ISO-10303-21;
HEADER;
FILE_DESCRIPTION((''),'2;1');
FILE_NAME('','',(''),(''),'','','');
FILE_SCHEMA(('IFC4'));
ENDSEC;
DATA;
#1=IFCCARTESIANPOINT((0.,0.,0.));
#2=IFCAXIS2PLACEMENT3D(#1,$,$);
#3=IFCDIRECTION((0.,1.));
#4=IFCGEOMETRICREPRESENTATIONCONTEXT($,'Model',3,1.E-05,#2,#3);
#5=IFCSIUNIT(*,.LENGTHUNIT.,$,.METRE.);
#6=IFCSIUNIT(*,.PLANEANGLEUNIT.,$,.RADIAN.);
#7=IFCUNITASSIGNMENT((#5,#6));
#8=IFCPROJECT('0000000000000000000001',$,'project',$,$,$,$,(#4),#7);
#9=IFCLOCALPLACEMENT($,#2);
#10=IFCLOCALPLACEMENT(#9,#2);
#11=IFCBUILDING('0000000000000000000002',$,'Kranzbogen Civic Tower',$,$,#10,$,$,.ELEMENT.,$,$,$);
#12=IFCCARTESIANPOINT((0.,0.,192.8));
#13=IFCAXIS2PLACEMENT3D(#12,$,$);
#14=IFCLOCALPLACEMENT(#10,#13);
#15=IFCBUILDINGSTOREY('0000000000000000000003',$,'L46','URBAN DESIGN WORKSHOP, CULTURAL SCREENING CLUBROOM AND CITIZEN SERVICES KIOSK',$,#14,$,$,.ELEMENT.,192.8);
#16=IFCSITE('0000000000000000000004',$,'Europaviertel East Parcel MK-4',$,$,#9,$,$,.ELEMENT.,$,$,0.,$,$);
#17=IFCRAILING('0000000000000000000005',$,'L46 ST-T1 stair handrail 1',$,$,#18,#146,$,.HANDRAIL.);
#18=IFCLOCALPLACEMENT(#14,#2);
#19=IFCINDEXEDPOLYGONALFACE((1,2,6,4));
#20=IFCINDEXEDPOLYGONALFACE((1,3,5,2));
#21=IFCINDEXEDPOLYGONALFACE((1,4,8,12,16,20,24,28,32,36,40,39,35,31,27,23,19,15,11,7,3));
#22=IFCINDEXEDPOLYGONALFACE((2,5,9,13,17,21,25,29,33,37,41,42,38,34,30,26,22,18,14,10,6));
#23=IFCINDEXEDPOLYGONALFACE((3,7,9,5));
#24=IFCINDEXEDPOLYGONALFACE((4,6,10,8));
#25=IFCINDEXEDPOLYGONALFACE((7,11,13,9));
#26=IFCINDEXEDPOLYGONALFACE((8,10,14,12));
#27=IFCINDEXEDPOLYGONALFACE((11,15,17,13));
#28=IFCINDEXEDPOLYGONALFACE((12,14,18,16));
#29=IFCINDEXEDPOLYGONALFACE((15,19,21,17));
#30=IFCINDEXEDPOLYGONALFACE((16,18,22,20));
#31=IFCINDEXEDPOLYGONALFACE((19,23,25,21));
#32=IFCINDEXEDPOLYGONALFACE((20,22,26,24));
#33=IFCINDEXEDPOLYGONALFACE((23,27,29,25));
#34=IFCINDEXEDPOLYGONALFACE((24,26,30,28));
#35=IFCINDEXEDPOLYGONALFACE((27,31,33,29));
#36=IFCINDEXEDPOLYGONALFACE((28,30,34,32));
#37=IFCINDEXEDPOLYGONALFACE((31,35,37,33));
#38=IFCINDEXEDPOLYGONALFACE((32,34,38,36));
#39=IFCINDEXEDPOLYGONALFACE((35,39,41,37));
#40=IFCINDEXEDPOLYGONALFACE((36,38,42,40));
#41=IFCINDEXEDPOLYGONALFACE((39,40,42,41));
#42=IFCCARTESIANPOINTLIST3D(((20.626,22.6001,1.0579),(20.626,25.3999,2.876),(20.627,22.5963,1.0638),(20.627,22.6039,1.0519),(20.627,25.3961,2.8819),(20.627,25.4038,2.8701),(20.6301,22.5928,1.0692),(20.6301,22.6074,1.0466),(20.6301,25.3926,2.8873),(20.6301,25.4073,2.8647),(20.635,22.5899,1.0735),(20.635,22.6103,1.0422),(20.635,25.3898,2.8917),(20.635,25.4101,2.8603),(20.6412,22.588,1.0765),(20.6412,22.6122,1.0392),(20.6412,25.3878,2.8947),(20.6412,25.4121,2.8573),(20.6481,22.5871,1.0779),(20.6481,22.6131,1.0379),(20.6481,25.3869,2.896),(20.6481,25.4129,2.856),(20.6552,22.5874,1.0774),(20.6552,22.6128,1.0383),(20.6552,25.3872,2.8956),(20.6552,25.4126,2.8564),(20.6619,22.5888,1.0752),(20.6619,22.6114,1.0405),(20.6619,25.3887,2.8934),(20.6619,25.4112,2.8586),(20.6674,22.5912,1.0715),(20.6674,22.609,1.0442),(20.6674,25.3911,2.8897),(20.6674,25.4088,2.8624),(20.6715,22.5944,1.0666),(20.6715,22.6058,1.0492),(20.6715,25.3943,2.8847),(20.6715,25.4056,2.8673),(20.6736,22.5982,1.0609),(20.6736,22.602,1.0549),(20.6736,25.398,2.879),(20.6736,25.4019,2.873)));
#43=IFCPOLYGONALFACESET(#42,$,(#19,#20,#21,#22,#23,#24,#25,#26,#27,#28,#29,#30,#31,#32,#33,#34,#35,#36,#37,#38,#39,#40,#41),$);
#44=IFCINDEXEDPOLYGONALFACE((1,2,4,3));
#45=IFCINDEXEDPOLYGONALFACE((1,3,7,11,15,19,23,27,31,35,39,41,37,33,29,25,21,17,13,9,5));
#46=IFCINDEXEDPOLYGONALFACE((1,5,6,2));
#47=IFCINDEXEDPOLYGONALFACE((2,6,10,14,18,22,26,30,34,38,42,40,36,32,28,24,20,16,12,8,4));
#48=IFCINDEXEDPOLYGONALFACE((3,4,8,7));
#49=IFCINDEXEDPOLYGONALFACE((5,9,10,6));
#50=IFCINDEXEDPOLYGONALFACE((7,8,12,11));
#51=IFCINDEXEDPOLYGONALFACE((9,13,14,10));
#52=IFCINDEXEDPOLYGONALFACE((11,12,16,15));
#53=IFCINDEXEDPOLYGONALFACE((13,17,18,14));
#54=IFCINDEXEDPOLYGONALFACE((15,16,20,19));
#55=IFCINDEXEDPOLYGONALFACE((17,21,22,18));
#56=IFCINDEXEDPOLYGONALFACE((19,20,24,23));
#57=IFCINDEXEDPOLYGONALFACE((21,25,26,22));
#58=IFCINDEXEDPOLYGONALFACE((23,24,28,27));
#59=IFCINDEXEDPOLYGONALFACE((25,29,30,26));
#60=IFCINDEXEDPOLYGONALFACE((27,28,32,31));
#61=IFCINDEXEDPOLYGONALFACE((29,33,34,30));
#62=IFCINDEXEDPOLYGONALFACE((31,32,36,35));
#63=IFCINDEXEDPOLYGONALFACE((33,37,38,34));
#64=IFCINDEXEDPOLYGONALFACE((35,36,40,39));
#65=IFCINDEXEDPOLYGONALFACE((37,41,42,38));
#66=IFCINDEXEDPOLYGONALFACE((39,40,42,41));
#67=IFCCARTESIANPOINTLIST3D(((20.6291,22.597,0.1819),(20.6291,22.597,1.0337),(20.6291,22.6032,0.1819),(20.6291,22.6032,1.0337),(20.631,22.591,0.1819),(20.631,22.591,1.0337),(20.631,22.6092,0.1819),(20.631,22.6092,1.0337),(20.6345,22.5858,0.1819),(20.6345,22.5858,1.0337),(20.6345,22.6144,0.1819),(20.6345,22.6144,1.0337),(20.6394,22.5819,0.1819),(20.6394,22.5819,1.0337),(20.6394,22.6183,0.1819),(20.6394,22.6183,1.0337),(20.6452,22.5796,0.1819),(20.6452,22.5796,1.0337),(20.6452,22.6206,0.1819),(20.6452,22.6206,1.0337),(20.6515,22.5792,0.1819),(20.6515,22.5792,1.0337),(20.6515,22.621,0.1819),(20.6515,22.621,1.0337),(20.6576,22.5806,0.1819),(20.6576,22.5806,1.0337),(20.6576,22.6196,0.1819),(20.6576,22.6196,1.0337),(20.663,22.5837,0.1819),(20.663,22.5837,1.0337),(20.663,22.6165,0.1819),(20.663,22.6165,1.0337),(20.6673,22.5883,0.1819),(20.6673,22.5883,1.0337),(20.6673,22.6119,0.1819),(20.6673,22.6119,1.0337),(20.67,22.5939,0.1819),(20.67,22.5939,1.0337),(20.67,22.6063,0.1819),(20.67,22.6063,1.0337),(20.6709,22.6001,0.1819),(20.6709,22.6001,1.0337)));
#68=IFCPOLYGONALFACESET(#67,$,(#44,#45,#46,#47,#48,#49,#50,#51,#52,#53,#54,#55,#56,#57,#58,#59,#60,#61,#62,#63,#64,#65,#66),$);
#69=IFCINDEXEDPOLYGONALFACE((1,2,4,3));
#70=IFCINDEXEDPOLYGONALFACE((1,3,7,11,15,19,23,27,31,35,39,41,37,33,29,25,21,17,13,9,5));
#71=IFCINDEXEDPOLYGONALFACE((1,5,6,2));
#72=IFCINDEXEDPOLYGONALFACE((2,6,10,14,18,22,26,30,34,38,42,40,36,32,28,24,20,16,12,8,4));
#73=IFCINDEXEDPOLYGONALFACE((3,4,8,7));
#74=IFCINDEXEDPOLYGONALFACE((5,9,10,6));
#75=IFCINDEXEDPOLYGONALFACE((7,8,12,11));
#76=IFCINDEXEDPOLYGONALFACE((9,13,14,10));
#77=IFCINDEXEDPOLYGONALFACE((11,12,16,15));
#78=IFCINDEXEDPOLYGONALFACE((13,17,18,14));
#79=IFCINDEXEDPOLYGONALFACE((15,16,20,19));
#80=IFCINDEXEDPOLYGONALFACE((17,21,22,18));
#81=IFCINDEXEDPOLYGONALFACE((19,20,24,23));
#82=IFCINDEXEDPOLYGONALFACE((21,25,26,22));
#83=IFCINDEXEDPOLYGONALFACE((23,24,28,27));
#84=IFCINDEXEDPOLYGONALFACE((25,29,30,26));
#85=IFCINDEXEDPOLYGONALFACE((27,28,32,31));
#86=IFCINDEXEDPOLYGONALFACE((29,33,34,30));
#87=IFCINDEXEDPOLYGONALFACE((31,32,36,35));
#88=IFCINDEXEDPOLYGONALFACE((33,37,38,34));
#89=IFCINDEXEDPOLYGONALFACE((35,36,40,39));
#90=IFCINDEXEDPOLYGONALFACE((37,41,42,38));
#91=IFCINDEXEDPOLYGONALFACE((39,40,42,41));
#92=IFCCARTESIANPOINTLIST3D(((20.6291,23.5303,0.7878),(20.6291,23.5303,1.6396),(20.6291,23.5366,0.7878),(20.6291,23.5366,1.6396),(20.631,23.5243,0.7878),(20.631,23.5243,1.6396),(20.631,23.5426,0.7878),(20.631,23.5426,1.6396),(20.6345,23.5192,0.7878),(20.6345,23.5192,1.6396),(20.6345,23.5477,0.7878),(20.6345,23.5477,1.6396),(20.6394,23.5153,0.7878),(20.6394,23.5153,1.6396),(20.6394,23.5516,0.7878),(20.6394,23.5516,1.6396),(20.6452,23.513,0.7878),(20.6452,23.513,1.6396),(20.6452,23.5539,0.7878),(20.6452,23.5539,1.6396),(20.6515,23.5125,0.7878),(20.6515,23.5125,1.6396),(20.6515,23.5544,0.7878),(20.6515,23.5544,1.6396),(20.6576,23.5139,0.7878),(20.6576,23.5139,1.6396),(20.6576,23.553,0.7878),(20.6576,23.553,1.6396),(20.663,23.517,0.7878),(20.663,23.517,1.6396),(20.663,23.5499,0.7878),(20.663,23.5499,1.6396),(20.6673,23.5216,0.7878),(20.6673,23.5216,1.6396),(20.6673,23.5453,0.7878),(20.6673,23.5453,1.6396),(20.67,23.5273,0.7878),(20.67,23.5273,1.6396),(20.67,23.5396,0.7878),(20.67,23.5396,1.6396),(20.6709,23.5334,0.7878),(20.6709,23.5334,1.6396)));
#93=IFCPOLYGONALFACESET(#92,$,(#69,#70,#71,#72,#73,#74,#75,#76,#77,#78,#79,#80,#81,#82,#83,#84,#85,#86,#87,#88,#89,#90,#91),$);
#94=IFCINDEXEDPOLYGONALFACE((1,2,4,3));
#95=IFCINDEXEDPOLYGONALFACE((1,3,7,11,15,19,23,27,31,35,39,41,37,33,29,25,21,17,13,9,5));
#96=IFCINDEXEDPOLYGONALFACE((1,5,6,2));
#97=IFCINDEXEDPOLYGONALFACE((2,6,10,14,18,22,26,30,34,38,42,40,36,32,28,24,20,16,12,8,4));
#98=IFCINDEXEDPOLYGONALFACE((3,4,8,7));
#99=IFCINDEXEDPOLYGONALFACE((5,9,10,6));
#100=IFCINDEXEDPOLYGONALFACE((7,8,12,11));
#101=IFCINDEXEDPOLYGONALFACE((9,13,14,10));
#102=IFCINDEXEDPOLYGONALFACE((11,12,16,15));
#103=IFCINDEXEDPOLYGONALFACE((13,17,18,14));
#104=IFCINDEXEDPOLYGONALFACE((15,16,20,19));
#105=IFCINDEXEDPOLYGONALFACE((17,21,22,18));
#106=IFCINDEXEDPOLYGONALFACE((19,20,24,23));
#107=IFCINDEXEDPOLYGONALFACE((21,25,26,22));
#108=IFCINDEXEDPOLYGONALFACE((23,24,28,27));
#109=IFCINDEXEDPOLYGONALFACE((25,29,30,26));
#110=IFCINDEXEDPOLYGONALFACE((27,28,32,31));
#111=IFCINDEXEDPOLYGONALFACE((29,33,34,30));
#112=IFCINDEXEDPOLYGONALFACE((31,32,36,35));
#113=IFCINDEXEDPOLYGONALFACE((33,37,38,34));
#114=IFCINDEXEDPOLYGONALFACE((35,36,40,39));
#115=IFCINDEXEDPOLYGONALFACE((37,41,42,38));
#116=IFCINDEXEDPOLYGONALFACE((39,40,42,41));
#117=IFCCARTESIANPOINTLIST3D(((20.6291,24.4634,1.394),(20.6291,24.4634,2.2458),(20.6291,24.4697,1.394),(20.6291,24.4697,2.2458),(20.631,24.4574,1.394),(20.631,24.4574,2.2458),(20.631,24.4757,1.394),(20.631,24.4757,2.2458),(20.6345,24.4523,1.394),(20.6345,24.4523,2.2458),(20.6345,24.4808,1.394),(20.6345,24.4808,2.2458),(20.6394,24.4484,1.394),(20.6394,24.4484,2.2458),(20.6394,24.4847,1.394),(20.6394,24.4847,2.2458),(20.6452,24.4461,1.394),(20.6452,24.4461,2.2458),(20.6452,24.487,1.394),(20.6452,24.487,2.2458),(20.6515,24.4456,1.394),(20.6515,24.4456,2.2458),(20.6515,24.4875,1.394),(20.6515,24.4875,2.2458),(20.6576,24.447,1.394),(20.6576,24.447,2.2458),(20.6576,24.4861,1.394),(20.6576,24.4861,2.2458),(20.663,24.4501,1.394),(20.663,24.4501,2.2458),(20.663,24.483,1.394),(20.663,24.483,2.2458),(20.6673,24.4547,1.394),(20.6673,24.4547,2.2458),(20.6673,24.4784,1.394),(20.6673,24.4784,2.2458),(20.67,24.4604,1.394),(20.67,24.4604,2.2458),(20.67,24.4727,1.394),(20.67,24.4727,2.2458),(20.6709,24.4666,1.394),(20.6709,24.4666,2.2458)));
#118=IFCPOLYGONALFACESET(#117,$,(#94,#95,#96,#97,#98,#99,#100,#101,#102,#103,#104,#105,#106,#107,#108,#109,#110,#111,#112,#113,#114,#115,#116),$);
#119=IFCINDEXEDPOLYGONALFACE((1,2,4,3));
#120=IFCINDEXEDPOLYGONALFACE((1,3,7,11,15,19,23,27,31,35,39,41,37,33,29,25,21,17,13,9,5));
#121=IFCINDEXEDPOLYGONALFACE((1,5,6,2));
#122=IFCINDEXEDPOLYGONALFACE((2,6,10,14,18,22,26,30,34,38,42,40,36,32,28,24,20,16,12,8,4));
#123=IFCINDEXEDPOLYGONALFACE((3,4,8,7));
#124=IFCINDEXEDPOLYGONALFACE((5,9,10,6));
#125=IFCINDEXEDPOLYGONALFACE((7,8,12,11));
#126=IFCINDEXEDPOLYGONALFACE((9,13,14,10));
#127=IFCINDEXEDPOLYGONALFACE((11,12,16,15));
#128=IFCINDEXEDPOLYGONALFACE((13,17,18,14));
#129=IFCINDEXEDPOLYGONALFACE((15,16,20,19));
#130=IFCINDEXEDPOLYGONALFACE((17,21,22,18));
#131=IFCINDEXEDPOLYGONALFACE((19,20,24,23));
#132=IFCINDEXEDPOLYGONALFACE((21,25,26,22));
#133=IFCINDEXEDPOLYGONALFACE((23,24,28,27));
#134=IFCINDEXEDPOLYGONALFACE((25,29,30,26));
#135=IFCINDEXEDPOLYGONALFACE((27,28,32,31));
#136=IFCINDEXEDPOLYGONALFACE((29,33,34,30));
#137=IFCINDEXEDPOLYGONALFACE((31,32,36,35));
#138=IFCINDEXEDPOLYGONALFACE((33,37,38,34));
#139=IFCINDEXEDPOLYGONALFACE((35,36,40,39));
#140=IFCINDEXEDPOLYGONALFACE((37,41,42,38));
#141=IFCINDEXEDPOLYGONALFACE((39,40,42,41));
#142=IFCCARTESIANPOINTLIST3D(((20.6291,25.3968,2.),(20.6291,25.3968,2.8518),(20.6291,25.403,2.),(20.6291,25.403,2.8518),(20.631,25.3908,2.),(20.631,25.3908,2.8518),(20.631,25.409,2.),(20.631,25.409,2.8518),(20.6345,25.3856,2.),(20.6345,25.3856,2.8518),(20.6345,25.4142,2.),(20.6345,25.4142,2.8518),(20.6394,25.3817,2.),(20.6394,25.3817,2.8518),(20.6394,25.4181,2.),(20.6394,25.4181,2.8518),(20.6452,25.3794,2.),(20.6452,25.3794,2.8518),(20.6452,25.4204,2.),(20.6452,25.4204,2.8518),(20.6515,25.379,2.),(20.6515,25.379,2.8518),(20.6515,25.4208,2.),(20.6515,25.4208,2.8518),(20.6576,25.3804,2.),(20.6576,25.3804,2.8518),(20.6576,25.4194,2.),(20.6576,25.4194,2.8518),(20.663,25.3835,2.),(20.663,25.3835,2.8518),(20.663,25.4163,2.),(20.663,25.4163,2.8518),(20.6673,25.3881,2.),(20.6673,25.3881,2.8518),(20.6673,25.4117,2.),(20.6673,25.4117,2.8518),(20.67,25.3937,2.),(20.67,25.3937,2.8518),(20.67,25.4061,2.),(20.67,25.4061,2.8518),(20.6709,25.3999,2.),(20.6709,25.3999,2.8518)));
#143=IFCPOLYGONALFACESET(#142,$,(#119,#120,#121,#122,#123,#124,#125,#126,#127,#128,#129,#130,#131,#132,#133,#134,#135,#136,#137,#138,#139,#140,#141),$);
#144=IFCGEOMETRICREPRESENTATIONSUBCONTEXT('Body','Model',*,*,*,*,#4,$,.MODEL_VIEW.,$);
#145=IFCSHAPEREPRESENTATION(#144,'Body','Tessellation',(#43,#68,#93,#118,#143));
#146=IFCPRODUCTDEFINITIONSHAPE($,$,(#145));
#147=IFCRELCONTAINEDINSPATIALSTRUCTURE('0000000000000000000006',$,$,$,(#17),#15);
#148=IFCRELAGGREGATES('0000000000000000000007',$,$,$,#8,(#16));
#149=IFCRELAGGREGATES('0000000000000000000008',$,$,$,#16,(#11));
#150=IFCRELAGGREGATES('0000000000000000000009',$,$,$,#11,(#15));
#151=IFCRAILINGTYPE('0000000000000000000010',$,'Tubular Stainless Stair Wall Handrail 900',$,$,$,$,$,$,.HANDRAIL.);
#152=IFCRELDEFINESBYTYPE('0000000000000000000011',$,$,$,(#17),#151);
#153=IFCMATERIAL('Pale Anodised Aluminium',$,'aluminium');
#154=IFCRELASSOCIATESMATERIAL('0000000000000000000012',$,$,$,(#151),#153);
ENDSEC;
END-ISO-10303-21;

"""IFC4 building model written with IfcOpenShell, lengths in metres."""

from ifc_helpers import new_model, si_unit, direction, frame, origin, origin_2d, place, context, subcontext, project, spatial, circle, extrude, material, type_object, element, save


model = new_model("IFC4")

# Units and contexts
model_context = context("Model", 3, precision=1e-05, world=origin(), true_north=direction((0.0, 1.0)))
body_context = subcontext(model_context, "Body", "Model", "MODEL_VIEW")
ifc_project = project(units=[si_unit("LENGTHUNIT", "METRE"), si_unit("PLANEANGLEUNIT", "RADIAN")], contexts=[model_context])

# Site, building, storey
site_placement = place(None, origin())
site = spatial("IfcSite", under=ifc_project, at=site_placement, Name="Europaviertel East Parcel MK-4", CompositionType="ELEMENT", RefElevation=0.0)
building_placement = place(site_placement, origin())
building = spatial("IfcBuilding", under=site, at=building_placement, Name="Kranzbogen Civic Tower", CompositionType="ELEMENT")
storey_placement = place(building_placement, frame((0.0, 0.0, 192.8)))
storey = spatial("IfcBuildingStorey", under=building, at=storey_placement, Name="L46", Description="URBAN DESIGN WORKSHOP, CULTURAL SCREENING CLUBROOM AND CITIZEN SERVICES KIOSK", CompositionType="ELEMENT", Elevation=192.8)

# Shared definitions
ifc_material_1 = material(Name="Pale Anodised Aluminium", Category="aluminium")

# Railing
railing_type_1 = type_object("IfcRailingType", Name="Tubular Stainless Stair Wall Handrail 900", PredefinedType="HANDRAIL", material=ifc_material_1)
railing_1_placement = place(storey_placement, frame((20.6499, 22.6001, 0.1819)))
element("IfcRailing", 1, at=railing_1_placement, inside=storey, type_object=railing_type_1, Name="L46 ST-T1 stair handrail 1", PredefinedType="HANDRAIL", context=body_context, shape_type="SweptSolid", body=[
    extrude(circle(Radius=0.0239, at=origin_2d()), frame((0.0, 0.0, 0.876), z_axis=(0.0, 0.838684, 0.544618), x_axis=(-1.0, 0.0, 0.0)), (0.0, 0.0, 1.0), 3.3384),
    extrude(circle(Radius=0.021, at=origin_2d()), origin(), (0.0, 0.0, 1.0), 0.8518),
    extrude(circle(Radius=0.021, at=origin_2d()), frame((0.0, 0.9333, 0.606)), (0.0, 0.0, 1.0), 0.8518),
    extrude(circle(Radius=0.021, at=origin_2d()), frame((0.0, 1.8665, 1.2122)), (0.0, 0.0, 1.0), 0.8518),
    extrude(circle(Radius=0.021, at=origin_2d()), frame((0.0, 2.7998, 1.8181)), (0.0, 0.0, 1.0), 0.8518),
])

save(model, "model.ifc")
